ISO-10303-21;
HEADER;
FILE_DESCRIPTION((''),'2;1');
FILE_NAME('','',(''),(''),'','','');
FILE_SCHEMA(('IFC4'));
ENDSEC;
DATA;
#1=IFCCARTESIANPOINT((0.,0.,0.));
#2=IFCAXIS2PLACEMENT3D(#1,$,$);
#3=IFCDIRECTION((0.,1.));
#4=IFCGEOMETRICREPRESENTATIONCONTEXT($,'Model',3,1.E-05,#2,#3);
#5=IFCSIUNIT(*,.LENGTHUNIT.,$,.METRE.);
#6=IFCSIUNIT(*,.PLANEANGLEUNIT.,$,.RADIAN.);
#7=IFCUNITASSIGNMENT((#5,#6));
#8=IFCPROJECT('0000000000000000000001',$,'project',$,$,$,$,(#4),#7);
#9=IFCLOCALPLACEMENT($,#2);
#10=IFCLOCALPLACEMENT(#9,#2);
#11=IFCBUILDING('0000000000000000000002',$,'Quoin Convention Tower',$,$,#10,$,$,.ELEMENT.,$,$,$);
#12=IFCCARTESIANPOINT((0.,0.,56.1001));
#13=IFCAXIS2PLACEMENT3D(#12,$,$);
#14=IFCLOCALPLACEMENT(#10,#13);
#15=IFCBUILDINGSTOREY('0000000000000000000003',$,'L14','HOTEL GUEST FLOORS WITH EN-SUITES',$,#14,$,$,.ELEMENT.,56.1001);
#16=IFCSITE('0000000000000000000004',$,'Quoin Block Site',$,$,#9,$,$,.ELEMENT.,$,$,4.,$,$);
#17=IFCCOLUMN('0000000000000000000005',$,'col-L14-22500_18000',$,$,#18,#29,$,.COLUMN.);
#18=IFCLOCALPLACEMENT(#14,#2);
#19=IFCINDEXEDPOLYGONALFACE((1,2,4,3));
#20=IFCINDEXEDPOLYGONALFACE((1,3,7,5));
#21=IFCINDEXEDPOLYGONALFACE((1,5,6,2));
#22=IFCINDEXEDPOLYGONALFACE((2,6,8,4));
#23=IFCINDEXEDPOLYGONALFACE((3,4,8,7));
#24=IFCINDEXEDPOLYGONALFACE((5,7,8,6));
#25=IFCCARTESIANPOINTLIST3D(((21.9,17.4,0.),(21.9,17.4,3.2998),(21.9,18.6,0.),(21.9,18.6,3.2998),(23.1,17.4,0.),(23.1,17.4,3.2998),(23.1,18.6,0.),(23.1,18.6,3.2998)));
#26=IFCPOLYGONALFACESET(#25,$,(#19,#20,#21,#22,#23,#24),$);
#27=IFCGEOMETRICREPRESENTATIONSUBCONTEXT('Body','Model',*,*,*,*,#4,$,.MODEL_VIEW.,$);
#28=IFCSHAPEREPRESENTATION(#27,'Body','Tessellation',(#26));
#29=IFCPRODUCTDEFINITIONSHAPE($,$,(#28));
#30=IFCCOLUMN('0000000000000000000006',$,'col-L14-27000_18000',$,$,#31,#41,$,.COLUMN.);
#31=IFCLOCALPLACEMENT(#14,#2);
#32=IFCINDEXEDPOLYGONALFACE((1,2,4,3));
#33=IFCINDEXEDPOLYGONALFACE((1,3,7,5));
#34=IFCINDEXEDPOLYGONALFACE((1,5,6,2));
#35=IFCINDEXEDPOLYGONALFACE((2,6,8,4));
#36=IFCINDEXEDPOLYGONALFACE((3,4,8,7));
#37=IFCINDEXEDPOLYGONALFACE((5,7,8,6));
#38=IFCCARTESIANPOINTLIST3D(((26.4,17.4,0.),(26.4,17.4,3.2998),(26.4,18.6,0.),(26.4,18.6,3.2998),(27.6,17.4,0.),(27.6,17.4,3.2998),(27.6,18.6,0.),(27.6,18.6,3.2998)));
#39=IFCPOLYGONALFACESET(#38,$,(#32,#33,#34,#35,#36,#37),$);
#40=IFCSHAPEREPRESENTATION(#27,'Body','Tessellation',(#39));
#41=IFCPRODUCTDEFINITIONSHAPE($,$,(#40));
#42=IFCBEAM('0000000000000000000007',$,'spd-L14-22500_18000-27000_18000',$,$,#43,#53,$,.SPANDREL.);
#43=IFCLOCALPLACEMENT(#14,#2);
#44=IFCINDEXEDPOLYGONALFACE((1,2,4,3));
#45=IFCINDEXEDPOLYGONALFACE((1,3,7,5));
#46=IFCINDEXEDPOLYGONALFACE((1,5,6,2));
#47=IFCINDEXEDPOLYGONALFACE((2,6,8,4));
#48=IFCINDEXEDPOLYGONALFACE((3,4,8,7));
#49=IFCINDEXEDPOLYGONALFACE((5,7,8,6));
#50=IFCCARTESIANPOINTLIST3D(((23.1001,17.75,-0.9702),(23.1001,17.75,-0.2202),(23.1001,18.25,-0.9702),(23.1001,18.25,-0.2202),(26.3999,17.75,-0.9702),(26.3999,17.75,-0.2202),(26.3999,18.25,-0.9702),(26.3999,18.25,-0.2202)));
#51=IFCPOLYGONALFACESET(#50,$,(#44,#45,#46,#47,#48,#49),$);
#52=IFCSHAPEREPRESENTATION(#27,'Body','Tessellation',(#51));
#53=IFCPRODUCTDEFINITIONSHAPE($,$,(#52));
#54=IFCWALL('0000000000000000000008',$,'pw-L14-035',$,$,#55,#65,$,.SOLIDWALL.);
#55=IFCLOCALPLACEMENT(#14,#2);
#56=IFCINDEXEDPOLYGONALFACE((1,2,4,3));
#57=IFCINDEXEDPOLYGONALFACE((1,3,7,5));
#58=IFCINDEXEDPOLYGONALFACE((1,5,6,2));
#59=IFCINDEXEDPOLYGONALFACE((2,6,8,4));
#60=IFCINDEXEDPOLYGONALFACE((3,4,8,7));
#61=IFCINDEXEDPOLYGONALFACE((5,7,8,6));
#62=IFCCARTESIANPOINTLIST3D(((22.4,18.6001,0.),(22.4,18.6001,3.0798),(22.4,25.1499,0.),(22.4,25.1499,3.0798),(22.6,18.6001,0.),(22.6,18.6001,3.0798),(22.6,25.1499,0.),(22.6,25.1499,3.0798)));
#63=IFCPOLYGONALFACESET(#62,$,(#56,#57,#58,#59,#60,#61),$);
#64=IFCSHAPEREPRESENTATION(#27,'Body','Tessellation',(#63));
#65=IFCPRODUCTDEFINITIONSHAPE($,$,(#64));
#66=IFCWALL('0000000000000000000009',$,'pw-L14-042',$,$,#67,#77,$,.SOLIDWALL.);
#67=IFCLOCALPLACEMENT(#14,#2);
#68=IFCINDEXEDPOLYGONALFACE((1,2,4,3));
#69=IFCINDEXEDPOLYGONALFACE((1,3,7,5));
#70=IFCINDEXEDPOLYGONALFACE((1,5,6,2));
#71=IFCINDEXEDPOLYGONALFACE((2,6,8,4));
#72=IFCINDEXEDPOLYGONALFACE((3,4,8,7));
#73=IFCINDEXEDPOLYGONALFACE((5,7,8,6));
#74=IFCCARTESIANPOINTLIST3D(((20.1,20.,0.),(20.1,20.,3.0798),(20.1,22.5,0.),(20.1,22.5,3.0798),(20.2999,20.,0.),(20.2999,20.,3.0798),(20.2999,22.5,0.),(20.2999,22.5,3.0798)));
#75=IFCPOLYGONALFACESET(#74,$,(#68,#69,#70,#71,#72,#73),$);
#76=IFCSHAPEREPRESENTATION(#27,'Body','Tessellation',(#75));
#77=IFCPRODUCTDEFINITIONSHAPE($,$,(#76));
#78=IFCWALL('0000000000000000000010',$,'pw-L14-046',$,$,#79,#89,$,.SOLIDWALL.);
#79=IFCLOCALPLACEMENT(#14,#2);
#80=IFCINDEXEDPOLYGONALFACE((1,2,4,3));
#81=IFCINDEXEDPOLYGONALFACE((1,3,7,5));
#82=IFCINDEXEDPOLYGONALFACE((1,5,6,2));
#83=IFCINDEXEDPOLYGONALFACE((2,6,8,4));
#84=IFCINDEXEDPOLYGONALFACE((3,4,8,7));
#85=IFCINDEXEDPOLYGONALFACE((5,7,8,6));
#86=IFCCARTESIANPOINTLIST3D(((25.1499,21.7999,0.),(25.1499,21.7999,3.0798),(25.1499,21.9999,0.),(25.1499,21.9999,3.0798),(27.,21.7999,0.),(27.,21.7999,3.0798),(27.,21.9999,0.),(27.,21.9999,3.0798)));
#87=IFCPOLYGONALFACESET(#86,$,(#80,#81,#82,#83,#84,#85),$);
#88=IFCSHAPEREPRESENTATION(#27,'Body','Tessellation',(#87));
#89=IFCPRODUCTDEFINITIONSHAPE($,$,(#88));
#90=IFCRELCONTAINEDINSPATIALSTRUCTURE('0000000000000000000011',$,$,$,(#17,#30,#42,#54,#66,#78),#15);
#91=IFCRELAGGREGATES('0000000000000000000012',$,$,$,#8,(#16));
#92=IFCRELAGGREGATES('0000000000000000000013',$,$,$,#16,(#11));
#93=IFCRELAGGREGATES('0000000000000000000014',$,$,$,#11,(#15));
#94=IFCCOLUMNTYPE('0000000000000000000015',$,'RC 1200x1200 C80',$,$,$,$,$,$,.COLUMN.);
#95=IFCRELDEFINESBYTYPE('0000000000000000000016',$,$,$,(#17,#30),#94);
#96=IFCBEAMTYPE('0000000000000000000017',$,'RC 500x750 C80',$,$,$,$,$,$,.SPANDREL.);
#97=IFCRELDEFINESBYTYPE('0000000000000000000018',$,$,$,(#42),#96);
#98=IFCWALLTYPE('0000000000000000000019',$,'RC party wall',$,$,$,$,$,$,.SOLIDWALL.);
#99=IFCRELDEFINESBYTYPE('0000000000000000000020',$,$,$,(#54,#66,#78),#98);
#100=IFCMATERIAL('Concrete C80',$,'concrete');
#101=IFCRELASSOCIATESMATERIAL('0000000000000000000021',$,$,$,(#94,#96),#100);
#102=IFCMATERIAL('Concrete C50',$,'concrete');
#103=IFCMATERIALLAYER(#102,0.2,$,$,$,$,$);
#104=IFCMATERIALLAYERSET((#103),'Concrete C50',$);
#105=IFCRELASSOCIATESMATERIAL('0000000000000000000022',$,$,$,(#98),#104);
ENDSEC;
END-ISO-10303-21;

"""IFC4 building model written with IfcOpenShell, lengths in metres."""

from ifc_helpers import new_model, si_unit, direction, frame, frame_2d, origin, origin_2d, place, context, subcontext, project, spatial, rectangle, extrude, material, layer, layer_set, material_profile, profile_set, type_object, element, save


model = new_model("IFC4")

# Units and contexts
model_context = context("Model", 3, precision=1e-05, world=origin(), true_north=direction((0.0, 1.0)))
body_context = subcontext(model_context, "Body", "Model", "MODEL_VIEW")
ifc_project = project(units=[si_unit("LENGTHUNIT", "METRE"), si_unit("PLANEANGLEUNIT", "RADIAN")], contexts=[model_context])

# Site, building, storey
site_placement = place(None, origin())
site = spatial("IfcSite", under=ifc_project, at=site_placement, Name="Quoin Block Site", CompositionType="ELEMENT", RefElevation=4.0)
building_placement = place(site_placement, origin())
building = spatial("IfcBuilding", under=site, at=building_placement, Name="Quoin Convention Tower", CompositionType="ELEMENT")
storey_placement = place(building_placement, frame((0.0, 0.0, 56.1001)))
storey = spatial("IfcBuildingStorey", under=building, at=storey_placement, Name="L14", Description="HOTEL GUEST FLOORS WITH EN-SUITES", CompositionType="ELEMENT", Elevation=56.1001)

# Columns
ifc_material_1 = material(Name="Concrete C80", Category="concrete")
ifc_material_profile_1 = material_profile(ifc_material_1, rectangle(XDim=1.2, YDim=1.2, at=origin_2d()), Name="RC 1200x1200")
ifc_profile_set_1 = profile_set([ifc_material_profile_1], Name="Concrete C80")
column_type = type_object("IfcColumnType", Name="RC 1200x1200 C80", PredefinedType="COLUMN", material=ifc_profile_set_1)
for number, where, z_axis, x_axis, name in (
    (1, (22.5, 18.0, 0.0), (0.0, 0.0, 1.0), (1.0, 0.0, 0.0), "col-L14-22500_18000"),
    (2, (27.0, 18.0, 0.0), (0.0, 0.0, 1.0), (1.0, 0.0, 0.0), "col-L14-27000_18000"),
):
    element("IfcColumn", number, at=place(storey_placement, frame(where, z_axis=z_axis, x_axis=x_axis)), inside=storey, type_object=column_type, Name=name, PredefinedType="COLUMN", context=body_context, shape_type="SweptSolid", body=[
        extrude(rectangle(XDim=1.2, YDim=1.2, at=origin_2d()), origin(), (0.0, 0.0, 1.0), 3.2998),
    ])

# Beam
ifc_material_profile_2 = material_profile(ifc_material_1, rectangle(XDim=0.5, YDim=0.75, at=origin_2d()), Name="RC 500x750")
ifc_profile_set_2 = profile_set([ifc_material_profile_2], Name="Concrete C80")
beam_type = type_object("IfcBeamType", Name="RC 500x750 C80", PredefinedType="SPANDREL", material=ifc_profile_set_2)
beam_placement = place(storey_placement, frame((23.1001, 18.0, -0.5952), z_axis=(1.0, 0.0, 0.0), x_axis=(0.0, 1.0, 0.0)))
element("IfcBeam", 3, at=beam_placement, inside=storey, type_object=beam_type, Name="spd-L14-22500_18000-27000_18000", PredefinedType="SPANDREL", context=body_context, shape_type="SweptSolid", body=[
    extrude(rectangle(XDim=0.5, YDim=0.75, at=origin_2d()), origin(), (0.0, 0.0, 1.0), 3.2998),
])

# Walls
ifc_material_2 = material(Name="Concrete C50", Category="concrete")
ifc_layer = layer(ifc_material_2, 0.2)
ifc_layer_set = layer_set([ifc_layer], Name="Concrete C50")
wall_type = type_object("IfcWallType", Name="RC party wall", PredefinedType="SOLIDWALL", material=ifc_layer_set)
wall_1_placement = place(storey_placement, frame((22.5, 18.6001, 0.0), z_axis=(0.0, 0.0, 1.0), x_axis=(0.0, 1.0, 0.0)))
element("IfcWall", 4, at=wall_1_placement, inside=storey, type_object=wall_type, Name="pw-L14-035", PredefinedType="SOLIDWALL", context=body_context, shape_type="SweptSolid", body=[
    extrude(rectangle(XDim=6.5498, YDim=0.2, at=frame_2d((3.2749, 0.0))), origin(), (0.0, 0.0, 1.0), 3.0798),
])
wall_2_placement = place(storey_placement, frame((20.2, 20.0, 0.0), z_axis=(0.0, 0.0, 1.0), x_axis=(0.0, 1.0, 0.0)))
element("IfcWall", 5, at=wall_2_placement, inside=storey, type_object=wall_type, Name="pw-L14-042", PredefinedType="SOLIDWALL", context=body_context, shape_type="SweptSolid", body=[
    extrude(rectangle(XDim=2.5, YDim=0.2, at=frame_2d((1.25, 0.0))), origin(), (0.0, 0.0, 1.0), 3.0798),
])
wall_3_placement = place(storey_placement, frame((25.1499, 21.8999, 0.0), z_axis=(0.0, 0.0, 1.0), x_axis=(1.0, 0.0, 0.0)))
element("IfcWall", 6, at=wall_3_placement, inside=storey, type_object=wall_type, Name="pw-L14-046", PredefinedType="SOLIDWALL", context=body_context, shape_type="SweptSolid", body=[
    extrude(rectangle(XDim=1.8501, YDim=0.2, at=frame_2d((0.925, 0.0))), origin(), (0.0, 0.0, 1.0), 3.0798),
])

save(model, "model.ifc")
